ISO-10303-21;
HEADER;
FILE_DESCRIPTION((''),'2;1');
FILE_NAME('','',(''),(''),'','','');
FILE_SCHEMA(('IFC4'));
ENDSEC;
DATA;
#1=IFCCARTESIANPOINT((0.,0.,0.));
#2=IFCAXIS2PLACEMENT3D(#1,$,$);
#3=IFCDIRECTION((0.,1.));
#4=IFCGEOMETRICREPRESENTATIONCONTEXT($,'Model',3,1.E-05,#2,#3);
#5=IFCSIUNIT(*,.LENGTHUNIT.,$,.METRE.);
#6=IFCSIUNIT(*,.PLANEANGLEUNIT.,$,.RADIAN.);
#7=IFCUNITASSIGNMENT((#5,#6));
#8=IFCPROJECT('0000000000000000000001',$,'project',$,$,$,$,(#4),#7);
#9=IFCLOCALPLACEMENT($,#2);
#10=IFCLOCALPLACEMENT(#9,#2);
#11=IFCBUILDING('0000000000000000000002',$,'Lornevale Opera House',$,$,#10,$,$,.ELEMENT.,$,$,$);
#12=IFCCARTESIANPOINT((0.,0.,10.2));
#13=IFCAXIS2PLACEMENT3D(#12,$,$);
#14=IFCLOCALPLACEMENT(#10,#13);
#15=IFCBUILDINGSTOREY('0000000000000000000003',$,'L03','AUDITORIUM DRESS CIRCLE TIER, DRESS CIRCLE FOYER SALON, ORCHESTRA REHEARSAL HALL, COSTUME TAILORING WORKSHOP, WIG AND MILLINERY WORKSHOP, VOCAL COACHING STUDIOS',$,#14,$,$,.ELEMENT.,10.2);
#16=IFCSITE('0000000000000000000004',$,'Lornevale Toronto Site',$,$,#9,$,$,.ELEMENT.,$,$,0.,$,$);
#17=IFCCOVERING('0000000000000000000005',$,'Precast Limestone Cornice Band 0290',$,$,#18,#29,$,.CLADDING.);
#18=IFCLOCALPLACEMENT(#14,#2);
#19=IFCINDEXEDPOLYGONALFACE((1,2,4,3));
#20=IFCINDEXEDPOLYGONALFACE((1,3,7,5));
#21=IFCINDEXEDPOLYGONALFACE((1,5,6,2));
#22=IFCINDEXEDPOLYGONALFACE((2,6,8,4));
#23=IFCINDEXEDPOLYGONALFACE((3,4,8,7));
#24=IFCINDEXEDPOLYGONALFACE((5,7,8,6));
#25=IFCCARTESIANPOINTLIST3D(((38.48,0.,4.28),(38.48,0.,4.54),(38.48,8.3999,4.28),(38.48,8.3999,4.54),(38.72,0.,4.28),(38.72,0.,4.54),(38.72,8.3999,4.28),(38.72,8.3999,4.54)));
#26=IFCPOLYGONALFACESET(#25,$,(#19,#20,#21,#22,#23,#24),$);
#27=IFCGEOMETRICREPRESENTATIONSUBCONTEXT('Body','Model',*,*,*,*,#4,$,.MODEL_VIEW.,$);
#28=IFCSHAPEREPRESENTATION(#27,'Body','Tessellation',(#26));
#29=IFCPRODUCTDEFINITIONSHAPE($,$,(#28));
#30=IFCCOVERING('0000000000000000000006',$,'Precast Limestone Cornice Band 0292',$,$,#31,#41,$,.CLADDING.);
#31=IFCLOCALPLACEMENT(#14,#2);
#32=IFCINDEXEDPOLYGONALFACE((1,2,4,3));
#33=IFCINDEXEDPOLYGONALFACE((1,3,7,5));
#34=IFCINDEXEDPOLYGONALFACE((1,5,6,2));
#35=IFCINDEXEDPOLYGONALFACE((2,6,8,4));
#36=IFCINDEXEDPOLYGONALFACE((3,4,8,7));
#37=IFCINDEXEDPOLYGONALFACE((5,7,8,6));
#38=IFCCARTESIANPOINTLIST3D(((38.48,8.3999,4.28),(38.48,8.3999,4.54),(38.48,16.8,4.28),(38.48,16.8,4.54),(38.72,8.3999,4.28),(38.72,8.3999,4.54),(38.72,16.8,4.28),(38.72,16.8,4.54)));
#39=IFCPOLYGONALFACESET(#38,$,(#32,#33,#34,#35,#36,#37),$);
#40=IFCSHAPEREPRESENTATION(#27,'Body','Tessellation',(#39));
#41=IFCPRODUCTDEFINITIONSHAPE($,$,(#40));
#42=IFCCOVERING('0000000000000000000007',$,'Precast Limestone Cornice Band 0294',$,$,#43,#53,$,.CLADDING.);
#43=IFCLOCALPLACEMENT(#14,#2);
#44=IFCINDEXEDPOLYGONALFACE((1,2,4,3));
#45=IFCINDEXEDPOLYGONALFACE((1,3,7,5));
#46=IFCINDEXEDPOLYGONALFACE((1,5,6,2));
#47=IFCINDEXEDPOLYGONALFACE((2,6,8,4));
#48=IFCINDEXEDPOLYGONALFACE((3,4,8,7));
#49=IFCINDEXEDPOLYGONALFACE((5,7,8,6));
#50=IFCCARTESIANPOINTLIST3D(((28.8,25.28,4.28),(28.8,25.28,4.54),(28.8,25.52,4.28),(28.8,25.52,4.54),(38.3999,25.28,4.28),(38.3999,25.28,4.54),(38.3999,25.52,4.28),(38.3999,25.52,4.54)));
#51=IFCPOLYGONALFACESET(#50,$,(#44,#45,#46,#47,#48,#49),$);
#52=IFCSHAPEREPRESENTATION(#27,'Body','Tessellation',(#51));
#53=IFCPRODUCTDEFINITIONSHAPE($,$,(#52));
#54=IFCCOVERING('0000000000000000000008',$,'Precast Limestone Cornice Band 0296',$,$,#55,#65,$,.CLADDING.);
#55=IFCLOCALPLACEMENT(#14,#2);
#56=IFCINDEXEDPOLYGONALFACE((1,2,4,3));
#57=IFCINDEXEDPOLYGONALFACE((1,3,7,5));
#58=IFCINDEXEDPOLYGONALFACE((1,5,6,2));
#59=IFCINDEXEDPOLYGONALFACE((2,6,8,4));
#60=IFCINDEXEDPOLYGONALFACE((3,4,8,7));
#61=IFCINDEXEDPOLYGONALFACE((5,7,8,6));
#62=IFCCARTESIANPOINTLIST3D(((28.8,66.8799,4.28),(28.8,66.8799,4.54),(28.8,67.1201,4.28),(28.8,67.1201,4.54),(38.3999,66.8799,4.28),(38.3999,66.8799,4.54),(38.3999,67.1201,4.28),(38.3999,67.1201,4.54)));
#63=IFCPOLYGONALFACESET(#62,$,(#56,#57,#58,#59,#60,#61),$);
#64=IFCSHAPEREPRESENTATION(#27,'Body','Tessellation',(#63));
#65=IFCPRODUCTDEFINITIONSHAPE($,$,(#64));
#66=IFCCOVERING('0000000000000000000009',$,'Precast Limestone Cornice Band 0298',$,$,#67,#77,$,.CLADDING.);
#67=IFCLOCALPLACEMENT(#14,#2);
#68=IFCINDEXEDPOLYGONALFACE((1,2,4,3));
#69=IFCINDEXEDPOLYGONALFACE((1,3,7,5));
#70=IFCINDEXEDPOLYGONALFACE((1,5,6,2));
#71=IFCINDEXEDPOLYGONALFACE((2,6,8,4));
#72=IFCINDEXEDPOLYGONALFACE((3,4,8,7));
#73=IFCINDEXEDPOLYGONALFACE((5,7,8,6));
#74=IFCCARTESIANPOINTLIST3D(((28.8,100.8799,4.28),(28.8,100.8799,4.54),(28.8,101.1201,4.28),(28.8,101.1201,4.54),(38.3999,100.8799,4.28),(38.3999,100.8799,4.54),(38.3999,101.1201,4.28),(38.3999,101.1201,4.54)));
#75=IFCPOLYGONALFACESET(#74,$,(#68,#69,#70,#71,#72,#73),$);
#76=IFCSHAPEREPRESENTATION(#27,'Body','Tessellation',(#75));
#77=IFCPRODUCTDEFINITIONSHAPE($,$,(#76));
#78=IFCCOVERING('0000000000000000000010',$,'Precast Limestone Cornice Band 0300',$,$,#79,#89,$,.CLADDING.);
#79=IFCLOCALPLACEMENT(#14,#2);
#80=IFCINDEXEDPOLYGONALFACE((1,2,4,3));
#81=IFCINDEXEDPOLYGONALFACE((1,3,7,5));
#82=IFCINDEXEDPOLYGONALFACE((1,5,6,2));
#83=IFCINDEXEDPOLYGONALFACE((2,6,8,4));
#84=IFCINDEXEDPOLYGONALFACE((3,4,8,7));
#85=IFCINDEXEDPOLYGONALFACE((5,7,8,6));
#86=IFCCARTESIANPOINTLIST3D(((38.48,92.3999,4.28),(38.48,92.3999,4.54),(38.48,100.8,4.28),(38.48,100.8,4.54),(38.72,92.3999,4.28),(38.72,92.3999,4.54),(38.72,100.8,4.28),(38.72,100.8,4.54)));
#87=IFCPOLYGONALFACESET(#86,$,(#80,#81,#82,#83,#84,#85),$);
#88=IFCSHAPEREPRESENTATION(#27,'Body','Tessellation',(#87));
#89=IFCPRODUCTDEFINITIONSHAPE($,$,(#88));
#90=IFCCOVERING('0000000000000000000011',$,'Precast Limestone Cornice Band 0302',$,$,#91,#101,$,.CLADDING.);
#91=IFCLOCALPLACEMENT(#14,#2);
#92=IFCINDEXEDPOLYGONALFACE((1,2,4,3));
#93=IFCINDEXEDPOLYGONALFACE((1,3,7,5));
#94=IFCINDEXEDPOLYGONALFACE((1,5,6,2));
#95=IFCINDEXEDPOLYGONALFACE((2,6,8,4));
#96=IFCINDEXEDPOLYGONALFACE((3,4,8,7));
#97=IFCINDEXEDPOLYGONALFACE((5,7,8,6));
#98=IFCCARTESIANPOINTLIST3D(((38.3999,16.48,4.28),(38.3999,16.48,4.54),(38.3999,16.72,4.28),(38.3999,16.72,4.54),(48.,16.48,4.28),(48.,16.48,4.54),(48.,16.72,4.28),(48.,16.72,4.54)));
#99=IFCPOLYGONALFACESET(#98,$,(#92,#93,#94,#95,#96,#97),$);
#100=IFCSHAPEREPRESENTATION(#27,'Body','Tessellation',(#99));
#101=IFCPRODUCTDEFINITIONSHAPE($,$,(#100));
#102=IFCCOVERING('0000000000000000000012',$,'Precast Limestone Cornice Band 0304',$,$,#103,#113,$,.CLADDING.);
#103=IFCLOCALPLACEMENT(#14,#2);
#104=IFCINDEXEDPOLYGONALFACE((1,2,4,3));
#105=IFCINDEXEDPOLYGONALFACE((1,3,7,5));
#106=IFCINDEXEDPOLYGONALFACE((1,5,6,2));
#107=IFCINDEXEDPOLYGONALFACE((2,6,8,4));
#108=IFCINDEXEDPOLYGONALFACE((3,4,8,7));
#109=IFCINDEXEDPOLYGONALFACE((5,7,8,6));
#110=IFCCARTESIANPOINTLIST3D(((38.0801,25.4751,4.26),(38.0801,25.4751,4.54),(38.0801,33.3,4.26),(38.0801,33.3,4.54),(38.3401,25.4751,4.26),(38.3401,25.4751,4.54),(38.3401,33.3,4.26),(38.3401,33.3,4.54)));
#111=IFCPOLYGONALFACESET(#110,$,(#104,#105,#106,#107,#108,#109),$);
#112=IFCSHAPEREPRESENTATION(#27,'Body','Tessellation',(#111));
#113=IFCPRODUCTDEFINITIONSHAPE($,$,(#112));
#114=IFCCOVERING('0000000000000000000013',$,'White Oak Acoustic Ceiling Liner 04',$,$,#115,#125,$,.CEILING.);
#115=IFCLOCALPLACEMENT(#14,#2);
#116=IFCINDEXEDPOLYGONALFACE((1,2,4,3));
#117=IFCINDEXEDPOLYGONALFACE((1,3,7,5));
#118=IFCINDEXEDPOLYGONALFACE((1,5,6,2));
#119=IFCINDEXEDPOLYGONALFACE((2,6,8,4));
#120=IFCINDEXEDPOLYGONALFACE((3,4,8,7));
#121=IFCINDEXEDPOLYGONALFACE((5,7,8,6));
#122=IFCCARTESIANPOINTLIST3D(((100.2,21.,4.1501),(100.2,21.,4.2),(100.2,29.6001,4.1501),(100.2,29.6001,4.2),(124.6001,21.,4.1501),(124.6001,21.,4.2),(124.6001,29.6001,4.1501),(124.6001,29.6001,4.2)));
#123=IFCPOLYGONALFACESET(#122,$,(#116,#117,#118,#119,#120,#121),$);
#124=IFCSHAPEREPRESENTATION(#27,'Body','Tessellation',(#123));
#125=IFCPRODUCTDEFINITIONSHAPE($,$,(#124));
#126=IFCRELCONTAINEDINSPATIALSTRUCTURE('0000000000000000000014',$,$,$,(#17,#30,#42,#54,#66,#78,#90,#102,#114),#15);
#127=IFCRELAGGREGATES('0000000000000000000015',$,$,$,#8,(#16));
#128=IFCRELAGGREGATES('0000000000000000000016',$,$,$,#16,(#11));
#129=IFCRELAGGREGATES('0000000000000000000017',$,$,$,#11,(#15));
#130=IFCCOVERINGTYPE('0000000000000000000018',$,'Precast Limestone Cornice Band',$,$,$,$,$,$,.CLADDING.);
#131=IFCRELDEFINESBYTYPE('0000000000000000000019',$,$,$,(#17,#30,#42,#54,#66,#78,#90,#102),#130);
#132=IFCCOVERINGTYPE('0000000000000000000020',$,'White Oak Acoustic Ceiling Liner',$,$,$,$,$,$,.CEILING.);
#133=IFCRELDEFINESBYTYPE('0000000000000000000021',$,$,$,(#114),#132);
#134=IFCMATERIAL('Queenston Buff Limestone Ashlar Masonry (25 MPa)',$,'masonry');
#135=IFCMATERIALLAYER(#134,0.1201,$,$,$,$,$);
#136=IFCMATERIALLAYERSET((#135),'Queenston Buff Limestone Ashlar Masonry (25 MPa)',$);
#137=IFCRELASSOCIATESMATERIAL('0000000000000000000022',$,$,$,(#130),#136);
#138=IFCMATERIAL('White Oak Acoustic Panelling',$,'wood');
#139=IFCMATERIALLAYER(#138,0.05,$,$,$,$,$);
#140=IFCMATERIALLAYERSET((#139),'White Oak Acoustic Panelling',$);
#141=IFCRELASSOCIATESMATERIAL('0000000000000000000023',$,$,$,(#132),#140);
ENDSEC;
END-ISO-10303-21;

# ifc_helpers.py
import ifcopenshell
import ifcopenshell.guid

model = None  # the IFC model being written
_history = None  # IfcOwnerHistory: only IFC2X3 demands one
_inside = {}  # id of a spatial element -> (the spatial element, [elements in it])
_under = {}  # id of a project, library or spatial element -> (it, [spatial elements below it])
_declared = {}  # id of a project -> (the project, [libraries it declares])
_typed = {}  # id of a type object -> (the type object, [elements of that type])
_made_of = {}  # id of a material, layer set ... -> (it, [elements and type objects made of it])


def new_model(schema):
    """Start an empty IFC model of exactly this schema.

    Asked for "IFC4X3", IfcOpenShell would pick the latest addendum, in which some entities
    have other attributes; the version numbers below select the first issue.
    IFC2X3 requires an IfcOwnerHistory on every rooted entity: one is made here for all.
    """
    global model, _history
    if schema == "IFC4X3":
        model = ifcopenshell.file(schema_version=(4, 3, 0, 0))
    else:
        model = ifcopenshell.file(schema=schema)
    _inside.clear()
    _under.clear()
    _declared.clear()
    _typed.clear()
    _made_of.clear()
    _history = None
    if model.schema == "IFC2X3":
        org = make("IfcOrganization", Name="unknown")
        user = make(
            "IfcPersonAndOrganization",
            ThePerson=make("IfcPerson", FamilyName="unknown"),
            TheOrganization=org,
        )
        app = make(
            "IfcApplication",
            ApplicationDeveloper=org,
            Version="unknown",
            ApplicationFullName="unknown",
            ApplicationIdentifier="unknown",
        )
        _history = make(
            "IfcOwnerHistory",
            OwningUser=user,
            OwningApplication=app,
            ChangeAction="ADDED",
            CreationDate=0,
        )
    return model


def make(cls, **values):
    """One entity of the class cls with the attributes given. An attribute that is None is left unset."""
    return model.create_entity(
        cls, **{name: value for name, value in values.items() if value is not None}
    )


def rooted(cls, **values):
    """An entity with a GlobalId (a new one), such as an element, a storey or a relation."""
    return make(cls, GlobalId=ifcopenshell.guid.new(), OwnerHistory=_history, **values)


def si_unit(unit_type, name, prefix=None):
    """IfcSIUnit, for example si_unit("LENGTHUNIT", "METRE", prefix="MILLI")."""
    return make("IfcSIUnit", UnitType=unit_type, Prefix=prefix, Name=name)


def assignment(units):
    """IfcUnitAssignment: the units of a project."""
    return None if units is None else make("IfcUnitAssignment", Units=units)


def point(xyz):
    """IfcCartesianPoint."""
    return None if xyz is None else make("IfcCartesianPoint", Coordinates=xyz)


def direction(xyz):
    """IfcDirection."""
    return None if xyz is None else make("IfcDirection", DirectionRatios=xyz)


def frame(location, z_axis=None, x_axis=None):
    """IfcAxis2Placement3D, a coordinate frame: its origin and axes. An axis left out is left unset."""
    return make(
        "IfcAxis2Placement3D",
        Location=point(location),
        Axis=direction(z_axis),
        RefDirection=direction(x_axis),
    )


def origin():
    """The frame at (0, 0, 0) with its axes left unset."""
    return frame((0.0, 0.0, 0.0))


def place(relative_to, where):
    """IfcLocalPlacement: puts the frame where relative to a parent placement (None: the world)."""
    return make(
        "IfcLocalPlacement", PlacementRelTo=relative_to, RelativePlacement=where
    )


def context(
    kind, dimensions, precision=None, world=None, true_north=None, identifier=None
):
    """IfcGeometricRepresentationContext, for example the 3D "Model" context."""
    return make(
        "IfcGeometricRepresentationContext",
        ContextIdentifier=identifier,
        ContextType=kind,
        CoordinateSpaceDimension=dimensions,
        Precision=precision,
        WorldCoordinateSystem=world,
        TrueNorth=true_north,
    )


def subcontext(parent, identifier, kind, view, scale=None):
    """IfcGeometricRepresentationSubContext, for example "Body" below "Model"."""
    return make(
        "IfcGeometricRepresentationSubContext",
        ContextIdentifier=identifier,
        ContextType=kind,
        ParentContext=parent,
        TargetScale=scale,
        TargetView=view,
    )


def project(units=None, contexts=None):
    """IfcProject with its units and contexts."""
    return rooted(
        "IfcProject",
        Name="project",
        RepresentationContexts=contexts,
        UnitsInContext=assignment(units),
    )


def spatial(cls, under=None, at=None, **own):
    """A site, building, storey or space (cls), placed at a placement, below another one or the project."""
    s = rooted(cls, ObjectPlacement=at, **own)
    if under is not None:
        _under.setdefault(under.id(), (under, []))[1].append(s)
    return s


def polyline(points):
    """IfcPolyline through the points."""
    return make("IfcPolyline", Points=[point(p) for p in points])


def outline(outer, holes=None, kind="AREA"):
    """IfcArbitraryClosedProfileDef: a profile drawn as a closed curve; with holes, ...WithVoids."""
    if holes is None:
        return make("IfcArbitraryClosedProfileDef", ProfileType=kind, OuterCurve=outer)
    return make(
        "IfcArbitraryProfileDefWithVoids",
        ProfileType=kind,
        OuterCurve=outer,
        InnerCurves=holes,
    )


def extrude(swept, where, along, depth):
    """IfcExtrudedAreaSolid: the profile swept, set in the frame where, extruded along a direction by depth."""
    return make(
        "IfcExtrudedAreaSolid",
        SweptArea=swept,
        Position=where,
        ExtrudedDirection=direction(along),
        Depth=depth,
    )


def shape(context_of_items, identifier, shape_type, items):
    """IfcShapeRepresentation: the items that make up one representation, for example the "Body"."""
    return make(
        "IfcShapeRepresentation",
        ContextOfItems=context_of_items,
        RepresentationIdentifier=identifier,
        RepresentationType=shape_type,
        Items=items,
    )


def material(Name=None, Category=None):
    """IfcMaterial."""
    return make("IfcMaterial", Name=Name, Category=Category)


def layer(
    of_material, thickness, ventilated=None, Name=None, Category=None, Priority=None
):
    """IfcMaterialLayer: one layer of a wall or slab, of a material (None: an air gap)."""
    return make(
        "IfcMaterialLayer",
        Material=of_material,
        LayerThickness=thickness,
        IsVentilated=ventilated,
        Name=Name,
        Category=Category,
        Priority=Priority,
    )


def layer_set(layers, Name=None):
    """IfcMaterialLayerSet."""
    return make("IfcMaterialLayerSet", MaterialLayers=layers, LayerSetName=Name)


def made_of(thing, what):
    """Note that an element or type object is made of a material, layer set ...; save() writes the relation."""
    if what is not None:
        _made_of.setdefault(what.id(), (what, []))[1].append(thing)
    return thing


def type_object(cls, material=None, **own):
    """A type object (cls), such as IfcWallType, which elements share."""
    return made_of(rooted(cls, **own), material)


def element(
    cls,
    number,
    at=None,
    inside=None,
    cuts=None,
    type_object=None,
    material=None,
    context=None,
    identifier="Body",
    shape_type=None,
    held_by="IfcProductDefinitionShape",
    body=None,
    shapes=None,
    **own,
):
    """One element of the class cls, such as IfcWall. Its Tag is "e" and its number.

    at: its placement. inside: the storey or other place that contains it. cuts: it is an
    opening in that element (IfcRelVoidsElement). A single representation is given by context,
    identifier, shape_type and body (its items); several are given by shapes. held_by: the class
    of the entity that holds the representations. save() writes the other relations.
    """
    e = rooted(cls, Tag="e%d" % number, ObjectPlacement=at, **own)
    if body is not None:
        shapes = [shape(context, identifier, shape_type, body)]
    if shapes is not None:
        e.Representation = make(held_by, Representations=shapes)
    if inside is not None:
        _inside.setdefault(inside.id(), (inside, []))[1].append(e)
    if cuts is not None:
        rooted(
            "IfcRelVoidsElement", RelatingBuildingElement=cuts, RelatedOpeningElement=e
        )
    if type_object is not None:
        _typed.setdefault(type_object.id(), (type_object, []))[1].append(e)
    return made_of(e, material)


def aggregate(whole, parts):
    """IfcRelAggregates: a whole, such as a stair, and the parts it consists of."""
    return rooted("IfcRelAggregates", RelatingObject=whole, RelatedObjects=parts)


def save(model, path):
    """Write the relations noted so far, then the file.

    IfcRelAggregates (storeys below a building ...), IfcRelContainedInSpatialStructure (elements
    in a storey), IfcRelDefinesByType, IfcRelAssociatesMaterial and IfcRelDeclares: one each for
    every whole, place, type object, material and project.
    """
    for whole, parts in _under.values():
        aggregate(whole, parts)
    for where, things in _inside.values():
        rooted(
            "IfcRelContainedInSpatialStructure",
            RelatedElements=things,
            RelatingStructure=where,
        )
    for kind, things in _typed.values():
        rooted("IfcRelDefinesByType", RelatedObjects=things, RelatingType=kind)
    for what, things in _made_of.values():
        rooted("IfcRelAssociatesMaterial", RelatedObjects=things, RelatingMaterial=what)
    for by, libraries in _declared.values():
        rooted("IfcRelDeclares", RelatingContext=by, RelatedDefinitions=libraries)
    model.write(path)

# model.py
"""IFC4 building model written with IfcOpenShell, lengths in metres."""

from ifc_helpers import new_model, si_unit, direction, frame, origin, place, context, subcontext, project, spatial, polyline, outline, extrude, material, layer, layer_set, type_object, element, save


model = new_model("IFC4")

# Units and contexts
model_context = context("Model", 3, precision=1e-05, world=origin(), true_north=direction((0.0, 1.0)))
body_context = subcontext(model_context, "Body", "Model", "MODEL_VIEW")
ifc_project = project(units=[si_unit("LENGTHUNIT", "METRE"), si_unit("PLANEANGLEUNIT", "RADIAN")], contexts=[model_context])

# Site, building, storey
site_placement = place(None, origin())
site = spatial("IfcSite", under=ifc_project, at=site_placement, Name="Lornevale Toronto Site", CompositionType="ELEMENT", RefElevation=0.0)
building_placement = place(site_placement, origin())
building = spatial("IfcBuilding", under=site, at=building_placement, Name="Lornevale Opera House", CompositionType="ELEMENT")
storey_placement = place(building_placement, frame((0.0, 0.0, 10.2)))
storey = spatial("IfcBuildingStorey", under=building, at=storey_placement, Name="L03", Description="AUDITORIUM DRESS CIRCLE TIER, DRESS CIRCLE FOYER SALON, ORCHESTRA REHEARSAL HALL, COSTUME TAILORING WORKSHOP, WIG AND MILLINERY WORKSHOP, VOCAL COACHING STUDIOS", CompositionType="ELEMENT", Elevation=10.2)

# Coverings
ifc_material_1 = material(Name="Queenston Buff Limestone Ashlar Masonry (25 MPa)", Category="masonry")
ifc_layer_1 = layer(ifc_material_1, 0.1201)
ifc_layer_set_1 = layer_set([ifc_layer_1], Name="Queenston Buff Limestone Ashlar Masonry (25 MPa)")
covering_type_1 = type_object("IfcCoveringType", Name="Precast Limestone Cornice Band", PredefinedType="CLADDING", material=ifc_layer_set_1)
covering_1_placement = place(storey_placement, frame((0.0, 0.0, 4.28)))
element("IfcCovering", 1, at=covering_1_placement, inside=storey, type_object=covering_type_1, Name="Precast Limestone Cornice Band 0290", PredefinedType="CLADDING", context=body_context, shape_type="SweptSolid", body=[
    extrude(outline(polyline([(38.48, 8.3999), (38.48, 0.0), (38.72, 0.0), (38.72, 8.3999), (38.48, 8.3999)])), origin(), (0.0, 0.0, 1.0), 0.26),
])
covering_2_placement = place(storey_placement, frame((0.0, 0.0, 4.28)))
element("IfcCovering", 2, at=covering_2_placement, inside=storey, type_object=covering_type_1, Name="Precast Limestone Cornice Band 0292", PredefinedType="CLADDING", context=body_context, shape_type="SweptSolid", body=[
    extrude(outline(polyline([(38.48, 16.8), (38.48, 8.3999), (38.72, 8.3999), (38.72, 16.8), (38.48, 16.8)])), origin(), (0.0, 0.0, 1.0), 0.26),
])
covering_3_placement = place(storey_placement, frame((0.0, 0.0, 4.28)))
element("IfcCovering", 3, at=covering_3_placement, inside=storey, type_object=covering_type_1, Name="Precast Limestone Cornice Band 0294", PredefinedType="CLADDING", context=body_context, shape_type="SweptSolid", body=[
    extrude(outline(polyline([(28.8, 25.28), (38.3999, 25.28), (38.3999, 25.52), (28.8, 25.52), (28.8, 25.28)])), origin(), (0.0, 0.0, 1.0), 0.26),
])
covering_4_placement = place(storey_placement, frame((0.0, 0.0, 4.28)))
element("IfcCovering", 4, at=covering_4_placement, inside=storey, type_object=covering_type_1, Name="Precast Limestone Cornice Band 0296", PredefinedType="CLADDING", context=body_context, shape_type="SweptSolid", body=[
    extrude(outline(polyline([(38.3999, 67.1201), (28.8, 67.1201), (28.8, 66.8799), (38.3999, 66.8799), (38.3999, 67.1201)])), origin(), (0.0, 0.0, 1.0), 0.26),
])
covering_5_placement = place(storey_placement, frame((0.0, 0.0, 4.28)))
element("IfcCovering", 5, at=covering_5_placement, inside=storey, type_object=covering_type_1, Name="Precast Limestone Cornice Band 0298", PredefinedType="CLADDING", context=body_context, shape_type="SweptSolid", body=[
    extrude(outline(polyline([(28.8, 100.8799), (38.3999, 100.8799), (38.3999, 101.1201), (28.8, 101.1201), (28.8, 100.8799)])), origin(), (0.0, 0.0, 1.0), 0.26),
])
covering_6_placement = place(storey_placement, frame((0.0, 0.0, 4.28)))
element("IfcCovering", 6, at=covering_6_placement, inside=storey, type_object=covering_type_1, Name="Precast Limestone Cornice Band 0300", PredefinedType="CLADDING", context=body_context, shape_type="SweptSolid", body=[
    extrude(outline(polyline([(38.48, 100.8), (38.48, 92.3999), (38.72, 92.3999), (38.72, 100.8), (38.48, 100.8)])), origin(), (0.0, 0.0, 1.0), 0.26),
])
covering_7_placement = place(storey_placement, frame((0.0, 0.0, 4.28)))
element("IfcCovering", 7, at=covering_7_placement, inside=storey, type_object=covering_type_1, Name="Precast Limestone Cornice Band 0302", PredefinedType="CLADDING", context=body_context, shape_type="SweptSolid", body=[
    extrude(outline(polyline([(48.0, 16.72), (38.3999, 16.72), (38.3999, 16.48), (48.0, 16.48), (48.0, 16.72)])), origin(), (0.0, 0.0, 1.0), 0.26),
])
covering_8_placement = place(storey_placement, frame((0.0, 0.0, 4.26)))
element("IfcCovering", 8, at=covering_8_placement, inside=storey, type_object=covering_type_1, Name="Precast Limestone Cornice Band 0304", PredefinedType="CLADDING", context=body_context, shape_type="SweptSolid", body=[
    extrude(outline(polyline([(38.3401, 25.4751), (38.3401, 33.3), (38.0801, 33.3), (38.0801, 25.4751), (38.3401, 25.4751)])), origin(), (0.0, 0.0, 1.0), 0.28),
])
ifc_material_2 = material(Name="White Oak Acoustic Panelling", Category="wood")
ifc_layer_2 = layer(ifc_material_2, 0.05)
ifc_layer_set_2 = layer_set([ifc_layer_2], Name="White Oak Acoustic Panelling")
covering_type_2 = type_object("IfcCoveringType", Name="White Oak Acoustic Ceiling Liner", PredefinedType="CEILING", material=ifc_layer_set_2)
covering_9_placement = place(storey_placement, frame((0.0, 0.0, 4.1501)))
element("IfcCovering", 9, at=covering_9_placement, inside=storey, type_object=covering_type_2, Name="White Oak Acoustic Ceiling Liner 04", PredefinedType="CEILING", context=body_context, shape_type="SweptSolid", body=[
    extrude(outline(polyline([(100.2, 21.0), (124.6001, 21.0), (124.6001, 29.6001), (100.2, 29.6001), (100.2, 21.0)])), origin(), (0.0, 0.0, 1.0), 0.0498),
])

save(model, "model.ifc")
